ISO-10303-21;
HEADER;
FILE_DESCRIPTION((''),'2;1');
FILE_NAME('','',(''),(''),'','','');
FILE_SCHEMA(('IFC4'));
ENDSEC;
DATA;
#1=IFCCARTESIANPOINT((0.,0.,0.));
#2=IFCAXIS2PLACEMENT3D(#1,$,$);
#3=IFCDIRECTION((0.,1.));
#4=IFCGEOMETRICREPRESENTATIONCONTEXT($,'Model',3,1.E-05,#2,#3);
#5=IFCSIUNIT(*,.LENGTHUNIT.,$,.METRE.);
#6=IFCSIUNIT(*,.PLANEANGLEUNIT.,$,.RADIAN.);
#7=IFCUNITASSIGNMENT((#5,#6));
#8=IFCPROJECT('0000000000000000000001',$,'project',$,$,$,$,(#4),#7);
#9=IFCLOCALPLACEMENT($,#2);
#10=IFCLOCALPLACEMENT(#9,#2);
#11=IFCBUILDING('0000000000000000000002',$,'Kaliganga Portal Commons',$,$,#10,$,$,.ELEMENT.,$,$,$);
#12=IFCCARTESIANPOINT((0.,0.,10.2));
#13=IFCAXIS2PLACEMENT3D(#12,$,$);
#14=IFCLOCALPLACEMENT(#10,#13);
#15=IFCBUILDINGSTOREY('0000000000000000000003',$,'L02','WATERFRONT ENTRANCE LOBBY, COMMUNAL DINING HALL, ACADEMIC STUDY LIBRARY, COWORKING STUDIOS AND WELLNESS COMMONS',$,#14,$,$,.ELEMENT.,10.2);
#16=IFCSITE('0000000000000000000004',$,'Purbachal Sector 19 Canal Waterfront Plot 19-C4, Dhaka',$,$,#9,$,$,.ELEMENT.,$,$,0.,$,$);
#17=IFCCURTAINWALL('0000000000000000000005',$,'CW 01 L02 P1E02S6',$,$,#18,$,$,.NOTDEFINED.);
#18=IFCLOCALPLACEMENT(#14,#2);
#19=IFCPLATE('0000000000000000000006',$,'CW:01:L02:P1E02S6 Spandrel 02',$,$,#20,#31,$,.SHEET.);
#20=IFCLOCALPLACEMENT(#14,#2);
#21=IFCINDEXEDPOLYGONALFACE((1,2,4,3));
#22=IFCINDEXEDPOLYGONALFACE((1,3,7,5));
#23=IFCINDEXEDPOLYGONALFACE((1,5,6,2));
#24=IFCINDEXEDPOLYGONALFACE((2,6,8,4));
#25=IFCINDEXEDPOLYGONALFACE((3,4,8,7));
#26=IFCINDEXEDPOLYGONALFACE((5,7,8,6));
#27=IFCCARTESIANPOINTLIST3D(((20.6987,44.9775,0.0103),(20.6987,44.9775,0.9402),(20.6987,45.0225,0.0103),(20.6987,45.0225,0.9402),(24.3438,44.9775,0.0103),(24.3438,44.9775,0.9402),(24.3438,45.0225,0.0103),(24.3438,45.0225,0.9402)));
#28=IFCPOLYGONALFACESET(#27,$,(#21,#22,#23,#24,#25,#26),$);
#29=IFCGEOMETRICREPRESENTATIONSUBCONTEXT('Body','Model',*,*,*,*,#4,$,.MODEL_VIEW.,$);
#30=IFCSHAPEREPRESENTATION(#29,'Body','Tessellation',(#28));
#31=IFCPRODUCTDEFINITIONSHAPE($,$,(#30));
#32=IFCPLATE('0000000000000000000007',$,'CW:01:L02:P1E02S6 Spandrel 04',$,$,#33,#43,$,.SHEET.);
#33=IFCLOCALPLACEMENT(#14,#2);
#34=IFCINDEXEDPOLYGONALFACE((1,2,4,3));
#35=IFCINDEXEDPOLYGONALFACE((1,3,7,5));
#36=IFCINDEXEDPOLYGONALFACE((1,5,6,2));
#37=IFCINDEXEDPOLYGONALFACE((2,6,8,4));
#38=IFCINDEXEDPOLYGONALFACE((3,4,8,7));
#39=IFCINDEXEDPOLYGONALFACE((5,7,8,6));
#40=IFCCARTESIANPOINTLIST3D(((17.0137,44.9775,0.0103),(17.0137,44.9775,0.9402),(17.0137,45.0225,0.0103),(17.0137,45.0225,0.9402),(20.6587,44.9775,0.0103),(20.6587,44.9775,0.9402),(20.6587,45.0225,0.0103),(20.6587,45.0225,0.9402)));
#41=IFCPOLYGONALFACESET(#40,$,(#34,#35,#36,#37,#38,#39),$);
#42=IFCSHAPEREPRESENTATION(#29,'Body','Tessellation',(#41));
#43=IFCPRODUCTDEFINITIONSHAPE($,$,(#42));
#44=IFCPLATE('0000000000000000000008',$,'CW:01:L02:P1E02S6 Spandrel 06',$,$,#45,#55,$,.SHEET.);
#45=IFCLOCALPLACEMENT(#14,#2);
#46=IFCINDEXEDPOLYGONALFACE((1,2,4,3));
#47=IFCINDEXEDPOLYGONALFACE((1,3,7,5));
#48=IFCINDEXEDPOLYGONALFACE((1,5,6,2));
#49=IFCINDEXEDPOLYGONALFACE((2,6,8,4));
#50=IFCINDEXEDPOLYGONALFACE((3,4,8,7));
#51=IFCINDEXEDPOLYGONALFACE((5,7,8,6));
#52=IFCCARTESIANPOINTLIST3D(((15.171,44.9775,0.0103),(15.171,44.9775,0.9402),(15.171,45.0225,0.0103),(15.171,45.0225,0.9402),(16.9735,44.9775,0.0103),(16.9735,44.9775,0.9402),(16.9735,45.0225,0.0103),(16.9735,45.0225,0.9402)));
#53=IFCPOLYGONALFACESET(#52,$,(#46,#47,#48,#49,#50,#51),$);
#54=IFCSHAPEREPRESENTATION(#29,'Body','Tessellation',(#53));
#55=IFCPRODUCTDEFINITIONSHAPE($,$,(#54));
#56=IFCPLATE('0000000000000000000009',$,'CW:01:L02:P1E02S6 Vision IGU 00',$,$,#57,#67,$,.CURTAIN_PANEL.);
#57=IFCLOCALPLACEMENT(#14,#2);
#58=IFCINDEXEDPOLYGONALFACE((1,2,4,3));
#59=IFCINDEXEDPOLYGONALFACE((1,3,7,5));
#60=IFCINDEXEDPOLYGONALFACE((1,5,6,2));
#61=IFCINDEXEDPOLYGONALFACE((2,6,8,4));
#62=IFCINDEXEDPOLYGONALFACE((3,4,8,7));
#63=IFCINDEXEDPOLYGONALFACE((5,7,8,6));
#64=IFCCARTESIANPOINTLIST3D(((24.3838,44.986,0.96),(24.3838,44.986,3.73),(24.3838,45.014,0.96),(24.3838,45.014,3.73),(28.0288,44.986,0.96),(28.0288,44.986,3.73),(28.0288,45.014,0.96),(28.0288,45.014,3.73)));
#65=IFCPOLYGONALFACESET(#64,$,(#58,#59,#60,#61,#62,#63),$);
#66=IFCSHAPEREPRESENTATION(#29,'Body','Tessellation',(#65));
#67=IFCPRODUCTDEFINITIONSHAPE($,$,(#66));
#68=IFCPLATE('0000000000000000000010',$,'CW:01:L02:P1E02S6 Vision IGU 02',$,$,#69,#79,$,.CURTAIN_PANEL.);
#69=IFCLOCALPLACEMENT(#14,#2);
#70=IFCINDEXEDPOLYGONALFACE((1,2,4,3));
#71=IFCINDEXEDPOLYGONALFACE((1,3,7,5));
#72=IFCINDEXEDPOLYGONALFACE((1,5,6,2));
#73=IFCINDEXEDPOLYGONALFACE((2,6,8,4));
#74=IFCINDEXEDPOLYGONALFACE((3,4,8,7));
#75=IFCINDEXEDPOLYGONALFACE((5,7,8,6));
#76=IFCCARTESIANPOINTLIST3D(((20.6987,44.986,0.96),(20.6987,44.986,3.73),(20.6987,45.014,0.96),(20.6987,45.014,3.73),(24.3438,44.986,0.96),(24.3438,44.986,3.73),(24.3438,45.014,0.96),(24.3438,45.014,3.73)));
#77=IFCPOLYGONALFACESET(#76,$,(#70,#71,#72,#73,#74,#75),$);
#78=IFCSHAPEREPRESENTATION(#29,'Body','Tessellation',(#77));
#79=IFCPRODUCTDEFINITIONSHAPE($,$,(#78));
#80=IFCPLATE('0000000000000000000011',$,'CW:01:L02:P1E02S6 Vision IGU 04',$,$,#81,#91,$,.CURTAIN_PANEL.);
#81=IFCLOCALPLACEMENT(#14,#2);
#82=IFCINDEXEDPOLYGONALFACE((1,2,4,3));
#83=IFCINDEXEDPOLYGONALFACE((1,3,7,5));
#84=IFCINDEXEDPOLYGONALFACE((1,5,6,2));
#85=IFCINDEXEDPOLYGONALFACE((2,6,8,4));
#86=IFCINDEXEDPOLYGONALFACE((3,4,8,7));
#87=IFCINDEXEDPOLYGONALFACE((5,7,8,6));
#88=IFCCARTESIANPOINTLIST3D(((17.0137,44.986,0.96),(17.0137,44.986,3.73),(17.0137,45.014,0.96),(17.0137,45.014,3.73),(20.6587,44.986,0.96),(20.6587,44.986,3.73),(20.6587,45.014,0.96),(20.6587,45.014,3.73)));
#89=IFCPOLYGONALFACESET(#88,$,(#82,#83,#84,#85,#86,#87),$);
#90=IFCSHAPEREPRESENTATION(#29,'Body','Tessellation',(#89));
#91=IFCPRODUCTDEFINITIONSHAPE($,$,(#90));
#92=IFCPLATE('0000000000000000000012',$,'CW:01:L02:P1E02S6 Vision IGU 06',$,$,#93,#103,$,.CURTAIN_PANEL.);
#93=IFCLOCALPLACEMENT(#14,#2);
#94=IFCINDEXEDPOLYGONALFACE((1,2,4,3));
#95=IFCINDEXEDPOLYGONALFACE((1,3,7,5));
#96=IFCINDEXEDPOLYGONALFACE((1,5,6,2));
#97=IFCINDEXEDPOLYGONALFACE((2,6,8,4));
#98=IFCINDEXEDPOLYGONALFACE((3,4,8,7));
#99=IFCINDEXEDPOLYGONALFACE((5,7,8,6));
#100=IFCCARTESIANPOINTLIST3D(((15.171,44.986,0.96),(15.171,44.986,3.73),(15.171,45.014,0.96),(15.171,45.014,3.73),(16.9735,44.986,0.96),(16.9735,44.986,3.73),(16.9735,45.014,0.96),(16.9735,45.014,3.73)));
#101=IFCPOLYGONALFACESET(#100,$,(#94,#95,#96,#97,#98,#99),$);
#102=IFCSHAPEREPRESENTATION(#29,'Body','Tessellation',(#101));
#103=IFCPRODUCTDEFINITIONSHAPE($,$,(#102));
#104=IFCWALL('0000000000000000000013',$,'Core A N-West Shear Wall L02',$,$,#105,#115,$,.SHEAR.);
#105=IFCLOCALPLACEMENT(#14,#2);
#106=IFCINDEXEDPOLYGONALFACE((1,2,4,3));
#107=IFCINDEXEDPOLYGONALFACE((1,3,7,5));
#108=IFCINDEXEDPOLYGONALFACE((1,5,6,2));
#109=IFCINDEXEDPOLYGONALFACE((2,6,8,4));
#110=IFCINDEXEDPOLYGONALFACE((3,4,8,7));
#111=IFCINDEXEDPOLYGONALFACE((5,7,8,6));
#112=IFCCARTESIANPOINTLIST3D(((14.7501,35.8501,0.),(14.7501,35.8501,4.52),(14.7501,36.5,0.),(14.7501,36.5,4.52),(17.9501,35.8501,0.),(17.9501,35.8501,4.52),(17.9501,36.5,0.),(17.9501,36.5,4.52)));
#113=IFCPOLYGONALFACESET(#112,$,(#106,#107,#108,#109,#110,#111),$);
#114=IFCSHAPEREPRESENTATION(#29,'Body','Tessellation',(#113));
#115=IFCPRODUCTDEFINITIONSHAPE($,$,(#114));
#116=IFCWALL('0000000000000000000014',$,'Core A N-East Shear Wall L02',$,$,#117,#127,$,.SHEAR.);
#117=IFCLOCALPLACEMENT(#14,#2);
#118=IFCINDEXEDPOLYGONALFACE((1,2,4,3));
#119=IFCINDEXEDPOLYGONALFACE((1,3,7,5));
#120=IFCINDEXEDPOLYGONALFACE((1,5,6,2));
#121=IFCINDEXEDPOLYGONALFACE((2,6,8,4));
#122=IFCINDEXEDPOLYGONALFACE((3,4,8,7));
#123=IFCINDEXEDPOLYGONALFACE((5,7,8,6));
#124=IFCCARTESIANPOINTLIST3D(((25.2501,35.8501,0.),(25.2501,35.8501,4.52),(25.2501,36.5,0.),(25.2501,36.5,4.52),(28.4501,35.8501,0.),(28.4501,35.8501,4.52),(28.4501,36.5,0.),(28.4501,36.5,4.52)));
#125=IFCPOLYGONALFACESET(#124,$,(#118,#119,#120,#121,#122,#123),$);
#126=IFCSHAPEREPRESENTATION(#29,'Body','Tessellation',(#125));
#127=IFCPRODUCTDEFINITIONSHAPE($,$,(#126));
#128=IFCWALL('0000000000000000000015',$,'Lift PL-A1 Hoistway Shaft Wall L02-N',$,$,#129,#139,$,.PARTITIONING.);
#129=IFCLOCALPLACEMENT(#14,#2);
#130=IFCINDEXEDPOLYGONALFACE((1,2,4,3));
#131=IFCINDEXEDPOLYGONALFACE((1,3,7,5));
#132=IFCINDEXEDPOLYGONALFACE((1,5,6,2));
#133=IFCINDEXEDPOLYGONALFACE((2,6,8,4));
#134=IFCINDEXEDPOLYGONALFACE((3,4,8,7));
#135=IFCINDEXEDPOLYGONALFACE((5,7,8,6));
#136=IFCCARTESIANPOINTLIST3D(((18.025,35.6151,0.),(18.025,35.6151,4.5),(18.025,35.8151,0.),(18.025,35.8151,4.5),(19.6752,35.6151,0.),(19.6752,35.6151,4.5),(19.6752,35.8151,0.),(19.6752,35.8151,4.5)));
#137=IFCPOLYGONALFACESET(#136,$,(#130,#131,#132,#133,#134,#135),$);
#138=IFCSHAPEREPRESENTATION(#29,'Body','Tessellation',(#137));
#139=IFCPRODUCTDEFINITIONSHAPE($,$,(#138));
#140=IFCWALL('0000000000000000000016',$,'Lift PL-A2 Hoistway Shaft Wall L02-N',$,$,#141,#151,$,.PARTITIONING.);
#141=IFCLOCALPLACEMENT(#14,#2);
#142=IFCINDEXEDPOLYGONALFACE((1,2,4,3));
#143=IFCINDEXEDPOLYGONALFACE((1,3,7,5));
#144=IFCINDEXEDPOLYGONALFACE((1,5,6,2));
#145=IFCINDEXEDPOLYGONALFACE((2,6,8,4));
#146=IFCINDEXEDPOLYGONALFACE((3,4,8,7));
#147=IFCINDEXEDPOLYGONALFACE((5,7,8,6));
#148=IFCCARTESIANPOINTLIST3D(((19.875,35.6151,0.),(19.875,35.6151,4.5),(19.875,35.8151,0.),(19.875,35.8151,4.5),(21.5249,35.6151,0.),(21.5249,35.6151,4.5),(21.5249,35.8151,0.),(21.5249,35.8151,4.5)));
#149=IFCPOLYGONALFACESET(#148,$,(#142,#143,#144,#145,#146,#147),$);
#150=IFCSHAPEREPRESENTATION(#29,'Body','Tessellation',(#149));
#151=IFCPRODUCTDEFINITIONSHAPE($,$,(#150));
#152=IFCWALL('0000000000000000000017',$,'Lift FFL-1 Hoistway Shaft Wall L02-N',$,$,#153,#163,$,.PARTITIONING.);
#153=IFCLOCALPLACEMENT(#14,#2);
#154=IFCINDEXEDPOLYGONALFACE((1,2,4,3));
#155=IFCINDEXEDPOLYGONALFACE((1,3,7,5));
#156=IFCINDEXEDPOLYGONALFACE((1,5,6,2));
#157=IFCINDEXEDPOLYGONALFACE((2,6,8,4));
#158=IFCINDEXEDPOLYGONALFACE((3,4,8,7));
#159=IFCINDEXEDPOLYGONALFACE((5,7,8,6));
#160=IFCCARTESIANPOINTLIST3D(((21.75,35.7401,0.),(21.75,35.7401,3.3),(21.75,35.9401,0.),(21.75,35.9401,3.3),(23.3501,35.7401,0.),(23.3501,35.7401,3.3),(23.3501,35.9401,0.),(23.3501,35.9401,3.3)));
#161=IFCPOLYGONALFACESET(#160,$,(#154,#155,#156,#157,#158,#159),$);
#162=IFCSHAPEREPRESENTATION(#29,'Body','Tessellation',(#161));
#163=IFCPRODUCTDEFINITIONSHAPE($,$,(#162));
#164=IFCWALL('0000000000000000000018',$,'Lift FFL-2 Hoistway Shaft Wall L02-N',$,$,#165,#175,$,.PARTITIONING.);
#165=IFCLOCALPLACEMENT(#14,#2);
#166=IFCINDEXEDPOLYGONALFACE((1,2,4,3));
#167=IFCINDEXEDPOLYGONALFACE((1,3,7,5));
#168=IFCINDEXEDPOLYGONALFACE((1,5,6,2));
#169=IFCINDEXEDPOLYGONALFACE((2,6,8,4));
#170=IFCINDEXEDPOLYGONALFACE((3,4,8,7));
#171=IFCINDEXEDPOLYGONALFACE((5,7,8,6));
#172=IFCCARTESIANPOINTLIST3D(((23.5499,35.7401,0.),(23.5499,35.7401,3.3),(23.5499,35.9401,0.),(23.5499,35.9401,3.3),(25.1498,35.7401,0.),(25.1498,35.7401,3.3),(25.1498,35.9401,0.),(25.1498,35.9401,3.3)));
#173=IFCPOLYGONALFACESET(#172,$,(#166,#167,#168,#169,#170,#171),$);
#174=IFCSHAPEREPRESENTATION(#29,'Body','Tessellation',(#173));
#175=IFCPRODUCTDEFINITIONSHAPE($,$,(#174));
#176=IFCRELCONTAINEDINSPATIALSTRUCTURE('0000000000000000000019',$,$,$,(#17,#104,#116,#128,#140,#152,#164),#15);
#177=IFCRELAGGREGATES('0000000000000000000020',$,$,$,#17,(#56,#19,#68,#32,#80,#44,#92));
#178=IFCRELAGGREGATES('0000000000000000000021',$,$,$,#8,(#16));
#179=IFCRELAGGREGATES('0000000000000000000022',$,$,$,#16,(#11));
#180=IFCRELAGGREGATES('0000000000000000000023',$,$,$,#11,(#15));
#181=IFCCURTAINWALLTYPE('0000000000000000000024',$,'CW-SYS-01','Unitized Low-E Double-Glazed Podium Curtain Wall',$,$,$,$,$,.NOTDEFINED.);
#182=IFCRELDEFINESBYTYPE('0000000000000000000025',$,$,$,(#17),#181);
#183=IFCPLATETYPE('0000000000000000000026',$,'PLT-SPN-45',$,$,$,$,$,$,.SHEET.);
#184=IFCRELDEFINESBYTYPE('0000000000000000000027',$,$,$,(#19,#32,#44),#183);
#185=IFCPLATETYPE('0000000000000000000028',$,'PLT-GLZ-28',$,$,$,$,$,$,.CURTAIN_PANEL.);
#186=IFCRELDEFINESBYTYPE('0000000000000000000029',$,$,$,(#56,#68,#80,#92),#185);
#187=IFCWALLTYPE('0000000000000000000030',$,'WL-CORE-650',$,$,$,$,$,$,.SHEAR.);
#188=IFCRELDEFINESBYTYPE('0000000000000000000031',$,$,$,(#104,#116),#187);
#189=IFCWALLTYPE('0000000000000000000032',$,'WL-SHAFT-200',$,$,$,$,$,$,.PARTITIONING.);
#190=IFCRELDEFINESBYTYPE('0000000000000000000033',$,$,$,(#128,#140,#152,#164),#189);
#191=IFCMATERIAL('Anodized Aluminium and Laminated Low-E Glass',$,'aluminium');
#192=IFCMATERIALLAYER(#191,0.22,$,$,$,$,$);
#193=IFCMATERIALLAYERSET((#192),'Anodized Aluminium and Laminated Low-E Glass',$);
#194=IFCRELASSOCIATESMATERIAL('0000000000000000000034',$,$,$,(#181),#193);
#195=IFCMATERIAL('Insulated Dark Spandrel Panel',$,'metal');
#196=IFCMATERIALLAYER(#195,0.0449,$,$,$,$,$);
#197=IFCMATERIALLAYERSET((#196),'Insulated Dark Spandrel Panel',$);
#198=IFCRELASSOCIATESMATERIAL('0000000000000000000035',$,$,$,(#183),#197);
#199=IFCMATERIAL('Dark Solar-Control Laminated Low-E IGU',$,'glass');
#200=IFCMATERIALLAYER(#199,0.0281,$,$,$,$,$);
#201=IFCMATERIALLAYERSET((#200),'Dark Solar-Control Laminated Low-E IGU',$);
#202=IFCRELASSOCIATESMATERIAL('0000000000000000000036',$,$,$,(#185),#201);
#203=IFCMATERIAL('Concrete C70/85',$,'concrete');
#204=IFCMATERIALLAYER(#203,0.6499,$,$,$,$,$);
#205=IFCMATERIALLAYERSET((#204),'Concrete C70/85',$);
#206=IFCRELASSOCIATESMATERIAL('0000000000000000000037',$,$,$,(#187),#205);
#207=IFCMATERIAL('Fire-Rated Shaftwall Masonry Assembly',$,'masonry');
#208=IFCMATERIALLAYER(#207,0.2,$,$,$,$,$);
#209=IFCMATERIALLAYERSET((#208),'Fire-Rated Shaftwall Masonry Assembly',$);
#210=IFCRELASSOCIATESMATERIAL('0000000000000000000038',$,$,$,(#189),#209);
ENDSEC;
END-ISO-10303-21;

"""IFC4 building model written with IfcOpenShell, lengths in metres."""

from ifc_helpers import new_model, si_unit, direction, frame, frame_2d, origin, origin_2d, place, context, subcontext, project, spatial, rectangle, extrude, source, transform, mapped, material, layer, layer_set, type_object, element, aggregate, save


model = new_model("IFC4")

# Units and contexts
model_context = context("Model", 3, precision=1e-05, world=origin(), true_north=direction((0.0, 1.0)))
body_context = subcontext(model_context, "Body", "Model", "MODEL_VIEW")
ifc_project = project(units=[si_unit("LENGTHUNIT", "METRE"), si_unit("PLANEANGLEUNIT", "RADIAN")], contexts=[model_context])

# Site, building, storey
site_placement = place(None, origin())
site = spatial("IfcSite", under=ifc_project, at=site_placement, Name="Purbachal Sector 19 Canal Waterfront Plot 19-C4, Dhaka", CompositionType="ELEMENT", RefElevation=0.0)
building_placement = place(site_placement, origin())
building = spatial("IfcBuilding", under=site, at=building_placement, Name="Kaliganga Portal Commons", CompositionType="ELEMENT")
storey_placement = place(building_placement, frame((0.0, 0.0, 10.2)))
storey = spatial("IfcBuildingStorey", under=building, at=storey_placement, Name="L02", Description="WATERFRONT ENTRANCE LOBBY, COMMUNAL DINING HALL, ACADEMIC STUDY LIBRARY, COWORKING STUDIOS AND WELLNESS COMMONS", CompositionType="ELEMENT", Elevation=10.2)

# Shared definitions
ifc_material_1 = material(Name="Concrete C70/85", Category="concrete")

# Curtain wall, plates
ifc_material_2 = material(Name="Anodized Aluminium and Laminated Low-E Glass", Category="aluminium")
ifc_layer_1 = layer(ifc_material_2, 0.22)
ifc_layer_set_1 = layer_set([ifc_layer_1], Name="Anodized Aluminium and Laminated Low-E Glass")
curtain_wall_type = type_object("IfcCurtainWallType", Name="CW-SYS-01", Description="Unitized Low-E Double-Glazed Podium Curtain Wall", PredefinedType="NOTDEFINED", material=ifc_layer_set_1)
curtain_wall_placement = place(storey_placement, origin())
curtain_wall = element("IfcCurtainWall", 1, at=curtain_wall_placement, inside=storey, type_object=curtain_wall_type, Name="CW 01 L02 P1E02S6", PredefinedType="NOTDEFINED")
ifc_material_3 = material(Name="Insulated Dark Spandrel Panel", Category="metal")
ifc_layer_2 = layer(ifc_material_3, 0.0449)
ifc_layer_set_2 = layer_set([ifc_layer_2], Name="Insulated Dark Spandrel Panel")
plate_type_1 = type_object("IfcPlateType", Name="PLT-SPN-45", PredefinedType="SHEET", material=ifc_layer_set_2)
shared_shape_1 = source(origin(), body_context, "Body", "SweptSolid", [
    extrude(rectangle(XDim=3.645, YDim=0.0449, at=origin_2d()), origin(), (0.0, 0.0, 1.0), 0.9299),
])
plate_1_placement = place(storey_placement, frame((22.5212, 45.0, 0.0103), z_axis=(0.0, 0.0, 1.0), x_axis=(-1.0, 0.0, 0.0)))
plate_1 = element("IfcPlate", 2, at=plate_1_placement, type_object=plate_type_1, Name="CW:01:L02:P1E02S6 Spandrel 02", PredefinedType="SHEET", context=body_context, shape_type="MappedRepresentation", body=[
    mapped(shared_shape_1, transform((0.0, 0.0, 0.0), x_axis=(1.0, 0.0, 0.0), y_axis=(0.0, 1.0, 0.0), z_axis=(0.0, 0.0, 1.0), scale=1.0)),
])
plate_2_placement = place(storey_placement, frame((18.8362, 45.0, 0.0103), z_axis=(0.0, 0.0, 1.0), x_axis=(-1.0, 0.0, 0.0)))
plate_2 = element("IfcPlate", 3, at=plate_2_placement, type_object=plate_type_1, Name="CW:01:L02:P1E02S6 Spandrel 04", PredefinedType="SHEET", context=body_context, shape_type="MappedRepresentation", body=[
    mapped(shared_shape_1, transform((0.0, 0.0, 0.0), x_axis=(1.0, 0.0, 0.0), y_axis=(0.0, 1.0, 0.0), z_axis=(0.0, 0.0, 1.0), scale=1.0)),
])
shared_shape_2 = source(origin(), body_context, "Body", "SweptSolid", [
    extrude(rectangle(XDim=1.8025, YDim=0.0449, at=origin_2d()), origin(), (0.0, 0.0, 1.0), 0.9299),
])
plate_3_placement = place(storey_placement, frame((16.0723, 45.0, 0.0103), z_axis=(0.0, 0.0, 1.0), x_axis=(-1.0, 0.0, 0.0)))
plate_3 = element("IfcPlate", 4, at=plate_3_placement, type_object=plate_type_1, Name="CW:01:L02:P1E02S6 Spandrel 06", PredefinedType="SHEET", context=body_context, shape_type="MappedRepresentation", body=[
    mapped(shared_shape_2, transform((0.0, 0.0, 0.0), x_axis=(1.0, 0.0, 0.0), y_axis=(0.0, 1.0, 0.0), z_axis=(0.0, 0.0, 1.0), scale=1.0)),
])
ifc_material_4 = material(Name="Dark Solar-Control Laminated Low-E IGU", Category="glass")
ifc_layer_3 = layer(ifc_material_4, 0.0281)
ifc_layer_set_3 = layer_set([ifc_layer_3], Name="Dark Solar-Control Laminated Low-E IGU")
plate_type_2 = type_object("IfcPlateType", Name="PLT-GLZ-28", PredefinedType="CURTAIN_PANEL", material=ifc_layer_set_3)
shared_shape_3 = source(origin(), body_context, "Body", "SweptSolid", [
    extrude(rectangle(XDim=3.645, YDim=0.0281, at=origin_2d()), origin(), (0.0, 0.0, 1.0), 2.77),
])
plate_4_placement = place(storey_placement, frame((26.2063, 45.0, 0.96), z_axis=(0.0, 0.0, 1.0), x_axis=(-1.0, 0.0, 0.0)))
plate_4 = element("IfcPlate", 5, at=plate_4_placement, type_object=plate_type_2, Name="CW:01:L02:P1E02S6 Vision IGU 00", PredefinedType="CURTAIN_PANEL", context=body_context, shape_type="MappedRepresentation", body=[
    mapped(shared_shape_3, transform((0.0, 0.0, 0.0), x_axis=(1.0, 0.0, 0.0), y_axis=(0.0, 1.0, 0.0), z_axis=(0.0, 0.0, 1.0), scale=1.0)),
])
plate_5_placement = place(storey_placement, frame((22.5212, 45.0, 0.96), z_axis=(0.0, 0.0, 1.0), x_axis=(-1.0, 0.0, 0.0)))
plate_5 = element("IfcPlate", 6, at=plate_5_placement, type_object=plate_type_2, Name="CW:01:L02:P1E02S6 Vision IGU 02", PredefinedType="CURTAIN_PANEL", context=body_context, shape_type="MappedRepresentation", body=[
    mapped(shared_shape_3, transform((0.0, 0.0, 0.0), x_axis=(1.0, 0.0, 0.0), y_axis=(0.0, 1.0, 0.0), z_axis=(0.0, 0.0, 1.0), scale=1.0)),
])
plate_6_placement = place(storey_placement, frame((18.8362, 45.0, 0.96), z_axis=(0.0, 0.0, 1.0), x_axis=(-1.0, 0.0, 0.0)))
plate_6 = element("IfcPlate", 7, at=plate_6_placement, type_object=plate_type_2, Name="CW:01:L02:P1E02S6 Vision IGU 04", PredefinedType="CURTAIN_PANEL", context=body_context, shape_type="MappedRepresentation", body=[
    mapped(shared_shape_3, transform((0.0, 0.0, 0.0), x_axis=(1.0, 0.0, 0.0), y_axis=(0.0, 1.0, 0.0), z_axis=(0.0, 0.0, 1.0), scale=1.0)),
])
shared_shape_4 = source(origin(), body_context, "Body", "SweptSolid", [
    extrude(rectangle(XDim=1.8025, YDim=0.0281, at=origin_2d()), origin(), (0.0, 0.0, 1.0), 2.77),
])
plate_7_placement = place(storey_placement, frame((16.0723, 45.0, 0.96), z_axis=(0.0, 0.0, 1.0), x_axis=(-1.0, 0.0, 0.0)))
plate_7 = element("IfcPlate", 8, at=plate_7_placement, type_object=plate_type_2, Name="CW:01:L02:P1E02S6 Vision IGU 06", PredefinedType="CURTAIN_PANEL", context=body_context, shape_type="MappedRepresentation", body=[
    mapped(shared_shape_4, transform((0.0, 0.0, 0.0), x_axis=(1.0, 0.0, 0.0), y_axis=(0.0, 1.0, 0.0), z_axis=(0.0, 0.0, 1.0), scale=1.0)),
])
aggregate(curtain_wall, [plate_4, plate_1, plate_5, plate_2, plate_6, plate_3, plate_7])

# Walls
ifc_layer_4 = layer(ifc_material_1, 0.6499)
ifc_layer_set_4 = layer_set([ifc_layer_4], Name="Concrete C70/85")
wall_type_1 = type_object("IfcWallType", Name="WL-CORE-650", PredefinedType="SHEAR", material=ifc_layer_set_4)
for number, where, z_axis, x_axis, name in (
    (9, (14.75, 36.175, 0.0), (0.0, 0.0, 1.0), (1.0, 0.0, 0.0), "Core A N-West Shear Wall L02"),
    (10, (25.25, 36.175, 0.0), (0.0, 0.0, 1.0), (1.0, 0.0, 0.0), "Core A N-East Shear Wall L02"),
):
    element("IfcWall", number, at=place(storey_placement, frame(where, z_axis=z_axis, x_axis=x_axis)), inside=storey, type_object=wall_type_1, Name=name, PredefinedType="SHEAR", context=body_context, shape_type="SweptSolid", body=[
        extrude(rectangle(XDim=3.2, YDim=0.6499, at=frame_2d((1.6001, 0.0))), origin(), (0.0, 0.0, 1.0), 4.52),
    ])
ifc_material_5 = material(Name="Fire-Rated Shaftwall Masonry Assembly", Category="masonry")
ifc_layer_5 = layer(ifc_material_5, 0.2)
ifc_layer_set_5 = layer_set([ifc_layer_5], Name="Fire-Rated Shaftwall Masonry Assembly")
wall_type_2 = type_object("IfcWallType", Name="WL-SHAFT-200", PredefinedType="PARTITIONING", material=ifc_layer_set_5)
wall_1_placement = place(storey_placement, frame((18.0249, 35.7151, 0.0), z_axis=(0.0, 0.0, 1.0), x_axis=(1.0, 0.0, 0.0)))
element("IfcWall", 11, at=wall_1_placement, inside=storey, type_object=wall_type_2, Name="Lift PL-A1 Hoistway Shaft Wall L02-N", PredefinedType="PARTITIONING", context=body_context, shape_type="SweptSolid", body=[
    extrude(rectangle(XDim=1.6501, YDim=0.2, at=frame_2d((0.8252, 0.0))), origin(), (0.0, 0.0, 1.0), 4.5),
])
wall_2_placement = place(storey_placement, frame((19.875, 35.7151, 0.0), z_axis=(0.0, 0.0, 1.0), x_axis=(1.0, 0.0, 0.0)))
element("IfcWall", 12, at=wall_2_placement, inside=storey, type_object=wall_type_2, Name="Lift PL-A2 Hoistway Shaft Wall L02-N", PredefinedType="PARTITIONING", context=body_context, shape_type="SweptSolid", body=[
    extrude(rectangle(XDim=1.6499, YDim=0.2, at=frame_2d((0.825, 0.0))), origin(), (0.0, 0.0, 1.0), 4.5),
])
wall_3_placement = place(storey_placement, frame((21.75, 35.8401, 0.0), z_axis=(0.0, 0.0, 1.0), x_axis=(1.0, 0.0, 0.0)))
element("IfcWall", 13, at=wall_3_placement, inside=storey, type_object=wall_type_2, Name="Lift FFL-1 Hoistway Shaft Wall L02-N", PredefinedType="PARTITIONING", context=body_context, shape_type="SweptSolid", body=[
    extrude(rectangle(XDim=1.6001, YDim=0.2, at=frame_2d((0.8, 0.0))), origin(), (0.0, 0.0, 1.0), 3.3),
])
wall_4_placement = place(storey_placement, frame((23.55, 35.8401, 0.0), z_axis=(0.0, 0.0, 1.0), x_axis=(1.0, 0.0, 0.0)))
element("IfcWall", 14, at=wall_4_placement, inside=storey, type_object=wall_type_2, Name="Lift FFL-2 Hoistway Shaft Wall L02-N", PredefinedType="PARTITIONING", context=body_context, shape_type="SweptSolid", body=[
    extrude(rectangle(XDim=1.5999, YDim=0.2, at=frame_2d((0.7998, 0.0))), origin(), (0.0, 0.0, 1.0), 3.3),
])

save(model, "model.ifc")
